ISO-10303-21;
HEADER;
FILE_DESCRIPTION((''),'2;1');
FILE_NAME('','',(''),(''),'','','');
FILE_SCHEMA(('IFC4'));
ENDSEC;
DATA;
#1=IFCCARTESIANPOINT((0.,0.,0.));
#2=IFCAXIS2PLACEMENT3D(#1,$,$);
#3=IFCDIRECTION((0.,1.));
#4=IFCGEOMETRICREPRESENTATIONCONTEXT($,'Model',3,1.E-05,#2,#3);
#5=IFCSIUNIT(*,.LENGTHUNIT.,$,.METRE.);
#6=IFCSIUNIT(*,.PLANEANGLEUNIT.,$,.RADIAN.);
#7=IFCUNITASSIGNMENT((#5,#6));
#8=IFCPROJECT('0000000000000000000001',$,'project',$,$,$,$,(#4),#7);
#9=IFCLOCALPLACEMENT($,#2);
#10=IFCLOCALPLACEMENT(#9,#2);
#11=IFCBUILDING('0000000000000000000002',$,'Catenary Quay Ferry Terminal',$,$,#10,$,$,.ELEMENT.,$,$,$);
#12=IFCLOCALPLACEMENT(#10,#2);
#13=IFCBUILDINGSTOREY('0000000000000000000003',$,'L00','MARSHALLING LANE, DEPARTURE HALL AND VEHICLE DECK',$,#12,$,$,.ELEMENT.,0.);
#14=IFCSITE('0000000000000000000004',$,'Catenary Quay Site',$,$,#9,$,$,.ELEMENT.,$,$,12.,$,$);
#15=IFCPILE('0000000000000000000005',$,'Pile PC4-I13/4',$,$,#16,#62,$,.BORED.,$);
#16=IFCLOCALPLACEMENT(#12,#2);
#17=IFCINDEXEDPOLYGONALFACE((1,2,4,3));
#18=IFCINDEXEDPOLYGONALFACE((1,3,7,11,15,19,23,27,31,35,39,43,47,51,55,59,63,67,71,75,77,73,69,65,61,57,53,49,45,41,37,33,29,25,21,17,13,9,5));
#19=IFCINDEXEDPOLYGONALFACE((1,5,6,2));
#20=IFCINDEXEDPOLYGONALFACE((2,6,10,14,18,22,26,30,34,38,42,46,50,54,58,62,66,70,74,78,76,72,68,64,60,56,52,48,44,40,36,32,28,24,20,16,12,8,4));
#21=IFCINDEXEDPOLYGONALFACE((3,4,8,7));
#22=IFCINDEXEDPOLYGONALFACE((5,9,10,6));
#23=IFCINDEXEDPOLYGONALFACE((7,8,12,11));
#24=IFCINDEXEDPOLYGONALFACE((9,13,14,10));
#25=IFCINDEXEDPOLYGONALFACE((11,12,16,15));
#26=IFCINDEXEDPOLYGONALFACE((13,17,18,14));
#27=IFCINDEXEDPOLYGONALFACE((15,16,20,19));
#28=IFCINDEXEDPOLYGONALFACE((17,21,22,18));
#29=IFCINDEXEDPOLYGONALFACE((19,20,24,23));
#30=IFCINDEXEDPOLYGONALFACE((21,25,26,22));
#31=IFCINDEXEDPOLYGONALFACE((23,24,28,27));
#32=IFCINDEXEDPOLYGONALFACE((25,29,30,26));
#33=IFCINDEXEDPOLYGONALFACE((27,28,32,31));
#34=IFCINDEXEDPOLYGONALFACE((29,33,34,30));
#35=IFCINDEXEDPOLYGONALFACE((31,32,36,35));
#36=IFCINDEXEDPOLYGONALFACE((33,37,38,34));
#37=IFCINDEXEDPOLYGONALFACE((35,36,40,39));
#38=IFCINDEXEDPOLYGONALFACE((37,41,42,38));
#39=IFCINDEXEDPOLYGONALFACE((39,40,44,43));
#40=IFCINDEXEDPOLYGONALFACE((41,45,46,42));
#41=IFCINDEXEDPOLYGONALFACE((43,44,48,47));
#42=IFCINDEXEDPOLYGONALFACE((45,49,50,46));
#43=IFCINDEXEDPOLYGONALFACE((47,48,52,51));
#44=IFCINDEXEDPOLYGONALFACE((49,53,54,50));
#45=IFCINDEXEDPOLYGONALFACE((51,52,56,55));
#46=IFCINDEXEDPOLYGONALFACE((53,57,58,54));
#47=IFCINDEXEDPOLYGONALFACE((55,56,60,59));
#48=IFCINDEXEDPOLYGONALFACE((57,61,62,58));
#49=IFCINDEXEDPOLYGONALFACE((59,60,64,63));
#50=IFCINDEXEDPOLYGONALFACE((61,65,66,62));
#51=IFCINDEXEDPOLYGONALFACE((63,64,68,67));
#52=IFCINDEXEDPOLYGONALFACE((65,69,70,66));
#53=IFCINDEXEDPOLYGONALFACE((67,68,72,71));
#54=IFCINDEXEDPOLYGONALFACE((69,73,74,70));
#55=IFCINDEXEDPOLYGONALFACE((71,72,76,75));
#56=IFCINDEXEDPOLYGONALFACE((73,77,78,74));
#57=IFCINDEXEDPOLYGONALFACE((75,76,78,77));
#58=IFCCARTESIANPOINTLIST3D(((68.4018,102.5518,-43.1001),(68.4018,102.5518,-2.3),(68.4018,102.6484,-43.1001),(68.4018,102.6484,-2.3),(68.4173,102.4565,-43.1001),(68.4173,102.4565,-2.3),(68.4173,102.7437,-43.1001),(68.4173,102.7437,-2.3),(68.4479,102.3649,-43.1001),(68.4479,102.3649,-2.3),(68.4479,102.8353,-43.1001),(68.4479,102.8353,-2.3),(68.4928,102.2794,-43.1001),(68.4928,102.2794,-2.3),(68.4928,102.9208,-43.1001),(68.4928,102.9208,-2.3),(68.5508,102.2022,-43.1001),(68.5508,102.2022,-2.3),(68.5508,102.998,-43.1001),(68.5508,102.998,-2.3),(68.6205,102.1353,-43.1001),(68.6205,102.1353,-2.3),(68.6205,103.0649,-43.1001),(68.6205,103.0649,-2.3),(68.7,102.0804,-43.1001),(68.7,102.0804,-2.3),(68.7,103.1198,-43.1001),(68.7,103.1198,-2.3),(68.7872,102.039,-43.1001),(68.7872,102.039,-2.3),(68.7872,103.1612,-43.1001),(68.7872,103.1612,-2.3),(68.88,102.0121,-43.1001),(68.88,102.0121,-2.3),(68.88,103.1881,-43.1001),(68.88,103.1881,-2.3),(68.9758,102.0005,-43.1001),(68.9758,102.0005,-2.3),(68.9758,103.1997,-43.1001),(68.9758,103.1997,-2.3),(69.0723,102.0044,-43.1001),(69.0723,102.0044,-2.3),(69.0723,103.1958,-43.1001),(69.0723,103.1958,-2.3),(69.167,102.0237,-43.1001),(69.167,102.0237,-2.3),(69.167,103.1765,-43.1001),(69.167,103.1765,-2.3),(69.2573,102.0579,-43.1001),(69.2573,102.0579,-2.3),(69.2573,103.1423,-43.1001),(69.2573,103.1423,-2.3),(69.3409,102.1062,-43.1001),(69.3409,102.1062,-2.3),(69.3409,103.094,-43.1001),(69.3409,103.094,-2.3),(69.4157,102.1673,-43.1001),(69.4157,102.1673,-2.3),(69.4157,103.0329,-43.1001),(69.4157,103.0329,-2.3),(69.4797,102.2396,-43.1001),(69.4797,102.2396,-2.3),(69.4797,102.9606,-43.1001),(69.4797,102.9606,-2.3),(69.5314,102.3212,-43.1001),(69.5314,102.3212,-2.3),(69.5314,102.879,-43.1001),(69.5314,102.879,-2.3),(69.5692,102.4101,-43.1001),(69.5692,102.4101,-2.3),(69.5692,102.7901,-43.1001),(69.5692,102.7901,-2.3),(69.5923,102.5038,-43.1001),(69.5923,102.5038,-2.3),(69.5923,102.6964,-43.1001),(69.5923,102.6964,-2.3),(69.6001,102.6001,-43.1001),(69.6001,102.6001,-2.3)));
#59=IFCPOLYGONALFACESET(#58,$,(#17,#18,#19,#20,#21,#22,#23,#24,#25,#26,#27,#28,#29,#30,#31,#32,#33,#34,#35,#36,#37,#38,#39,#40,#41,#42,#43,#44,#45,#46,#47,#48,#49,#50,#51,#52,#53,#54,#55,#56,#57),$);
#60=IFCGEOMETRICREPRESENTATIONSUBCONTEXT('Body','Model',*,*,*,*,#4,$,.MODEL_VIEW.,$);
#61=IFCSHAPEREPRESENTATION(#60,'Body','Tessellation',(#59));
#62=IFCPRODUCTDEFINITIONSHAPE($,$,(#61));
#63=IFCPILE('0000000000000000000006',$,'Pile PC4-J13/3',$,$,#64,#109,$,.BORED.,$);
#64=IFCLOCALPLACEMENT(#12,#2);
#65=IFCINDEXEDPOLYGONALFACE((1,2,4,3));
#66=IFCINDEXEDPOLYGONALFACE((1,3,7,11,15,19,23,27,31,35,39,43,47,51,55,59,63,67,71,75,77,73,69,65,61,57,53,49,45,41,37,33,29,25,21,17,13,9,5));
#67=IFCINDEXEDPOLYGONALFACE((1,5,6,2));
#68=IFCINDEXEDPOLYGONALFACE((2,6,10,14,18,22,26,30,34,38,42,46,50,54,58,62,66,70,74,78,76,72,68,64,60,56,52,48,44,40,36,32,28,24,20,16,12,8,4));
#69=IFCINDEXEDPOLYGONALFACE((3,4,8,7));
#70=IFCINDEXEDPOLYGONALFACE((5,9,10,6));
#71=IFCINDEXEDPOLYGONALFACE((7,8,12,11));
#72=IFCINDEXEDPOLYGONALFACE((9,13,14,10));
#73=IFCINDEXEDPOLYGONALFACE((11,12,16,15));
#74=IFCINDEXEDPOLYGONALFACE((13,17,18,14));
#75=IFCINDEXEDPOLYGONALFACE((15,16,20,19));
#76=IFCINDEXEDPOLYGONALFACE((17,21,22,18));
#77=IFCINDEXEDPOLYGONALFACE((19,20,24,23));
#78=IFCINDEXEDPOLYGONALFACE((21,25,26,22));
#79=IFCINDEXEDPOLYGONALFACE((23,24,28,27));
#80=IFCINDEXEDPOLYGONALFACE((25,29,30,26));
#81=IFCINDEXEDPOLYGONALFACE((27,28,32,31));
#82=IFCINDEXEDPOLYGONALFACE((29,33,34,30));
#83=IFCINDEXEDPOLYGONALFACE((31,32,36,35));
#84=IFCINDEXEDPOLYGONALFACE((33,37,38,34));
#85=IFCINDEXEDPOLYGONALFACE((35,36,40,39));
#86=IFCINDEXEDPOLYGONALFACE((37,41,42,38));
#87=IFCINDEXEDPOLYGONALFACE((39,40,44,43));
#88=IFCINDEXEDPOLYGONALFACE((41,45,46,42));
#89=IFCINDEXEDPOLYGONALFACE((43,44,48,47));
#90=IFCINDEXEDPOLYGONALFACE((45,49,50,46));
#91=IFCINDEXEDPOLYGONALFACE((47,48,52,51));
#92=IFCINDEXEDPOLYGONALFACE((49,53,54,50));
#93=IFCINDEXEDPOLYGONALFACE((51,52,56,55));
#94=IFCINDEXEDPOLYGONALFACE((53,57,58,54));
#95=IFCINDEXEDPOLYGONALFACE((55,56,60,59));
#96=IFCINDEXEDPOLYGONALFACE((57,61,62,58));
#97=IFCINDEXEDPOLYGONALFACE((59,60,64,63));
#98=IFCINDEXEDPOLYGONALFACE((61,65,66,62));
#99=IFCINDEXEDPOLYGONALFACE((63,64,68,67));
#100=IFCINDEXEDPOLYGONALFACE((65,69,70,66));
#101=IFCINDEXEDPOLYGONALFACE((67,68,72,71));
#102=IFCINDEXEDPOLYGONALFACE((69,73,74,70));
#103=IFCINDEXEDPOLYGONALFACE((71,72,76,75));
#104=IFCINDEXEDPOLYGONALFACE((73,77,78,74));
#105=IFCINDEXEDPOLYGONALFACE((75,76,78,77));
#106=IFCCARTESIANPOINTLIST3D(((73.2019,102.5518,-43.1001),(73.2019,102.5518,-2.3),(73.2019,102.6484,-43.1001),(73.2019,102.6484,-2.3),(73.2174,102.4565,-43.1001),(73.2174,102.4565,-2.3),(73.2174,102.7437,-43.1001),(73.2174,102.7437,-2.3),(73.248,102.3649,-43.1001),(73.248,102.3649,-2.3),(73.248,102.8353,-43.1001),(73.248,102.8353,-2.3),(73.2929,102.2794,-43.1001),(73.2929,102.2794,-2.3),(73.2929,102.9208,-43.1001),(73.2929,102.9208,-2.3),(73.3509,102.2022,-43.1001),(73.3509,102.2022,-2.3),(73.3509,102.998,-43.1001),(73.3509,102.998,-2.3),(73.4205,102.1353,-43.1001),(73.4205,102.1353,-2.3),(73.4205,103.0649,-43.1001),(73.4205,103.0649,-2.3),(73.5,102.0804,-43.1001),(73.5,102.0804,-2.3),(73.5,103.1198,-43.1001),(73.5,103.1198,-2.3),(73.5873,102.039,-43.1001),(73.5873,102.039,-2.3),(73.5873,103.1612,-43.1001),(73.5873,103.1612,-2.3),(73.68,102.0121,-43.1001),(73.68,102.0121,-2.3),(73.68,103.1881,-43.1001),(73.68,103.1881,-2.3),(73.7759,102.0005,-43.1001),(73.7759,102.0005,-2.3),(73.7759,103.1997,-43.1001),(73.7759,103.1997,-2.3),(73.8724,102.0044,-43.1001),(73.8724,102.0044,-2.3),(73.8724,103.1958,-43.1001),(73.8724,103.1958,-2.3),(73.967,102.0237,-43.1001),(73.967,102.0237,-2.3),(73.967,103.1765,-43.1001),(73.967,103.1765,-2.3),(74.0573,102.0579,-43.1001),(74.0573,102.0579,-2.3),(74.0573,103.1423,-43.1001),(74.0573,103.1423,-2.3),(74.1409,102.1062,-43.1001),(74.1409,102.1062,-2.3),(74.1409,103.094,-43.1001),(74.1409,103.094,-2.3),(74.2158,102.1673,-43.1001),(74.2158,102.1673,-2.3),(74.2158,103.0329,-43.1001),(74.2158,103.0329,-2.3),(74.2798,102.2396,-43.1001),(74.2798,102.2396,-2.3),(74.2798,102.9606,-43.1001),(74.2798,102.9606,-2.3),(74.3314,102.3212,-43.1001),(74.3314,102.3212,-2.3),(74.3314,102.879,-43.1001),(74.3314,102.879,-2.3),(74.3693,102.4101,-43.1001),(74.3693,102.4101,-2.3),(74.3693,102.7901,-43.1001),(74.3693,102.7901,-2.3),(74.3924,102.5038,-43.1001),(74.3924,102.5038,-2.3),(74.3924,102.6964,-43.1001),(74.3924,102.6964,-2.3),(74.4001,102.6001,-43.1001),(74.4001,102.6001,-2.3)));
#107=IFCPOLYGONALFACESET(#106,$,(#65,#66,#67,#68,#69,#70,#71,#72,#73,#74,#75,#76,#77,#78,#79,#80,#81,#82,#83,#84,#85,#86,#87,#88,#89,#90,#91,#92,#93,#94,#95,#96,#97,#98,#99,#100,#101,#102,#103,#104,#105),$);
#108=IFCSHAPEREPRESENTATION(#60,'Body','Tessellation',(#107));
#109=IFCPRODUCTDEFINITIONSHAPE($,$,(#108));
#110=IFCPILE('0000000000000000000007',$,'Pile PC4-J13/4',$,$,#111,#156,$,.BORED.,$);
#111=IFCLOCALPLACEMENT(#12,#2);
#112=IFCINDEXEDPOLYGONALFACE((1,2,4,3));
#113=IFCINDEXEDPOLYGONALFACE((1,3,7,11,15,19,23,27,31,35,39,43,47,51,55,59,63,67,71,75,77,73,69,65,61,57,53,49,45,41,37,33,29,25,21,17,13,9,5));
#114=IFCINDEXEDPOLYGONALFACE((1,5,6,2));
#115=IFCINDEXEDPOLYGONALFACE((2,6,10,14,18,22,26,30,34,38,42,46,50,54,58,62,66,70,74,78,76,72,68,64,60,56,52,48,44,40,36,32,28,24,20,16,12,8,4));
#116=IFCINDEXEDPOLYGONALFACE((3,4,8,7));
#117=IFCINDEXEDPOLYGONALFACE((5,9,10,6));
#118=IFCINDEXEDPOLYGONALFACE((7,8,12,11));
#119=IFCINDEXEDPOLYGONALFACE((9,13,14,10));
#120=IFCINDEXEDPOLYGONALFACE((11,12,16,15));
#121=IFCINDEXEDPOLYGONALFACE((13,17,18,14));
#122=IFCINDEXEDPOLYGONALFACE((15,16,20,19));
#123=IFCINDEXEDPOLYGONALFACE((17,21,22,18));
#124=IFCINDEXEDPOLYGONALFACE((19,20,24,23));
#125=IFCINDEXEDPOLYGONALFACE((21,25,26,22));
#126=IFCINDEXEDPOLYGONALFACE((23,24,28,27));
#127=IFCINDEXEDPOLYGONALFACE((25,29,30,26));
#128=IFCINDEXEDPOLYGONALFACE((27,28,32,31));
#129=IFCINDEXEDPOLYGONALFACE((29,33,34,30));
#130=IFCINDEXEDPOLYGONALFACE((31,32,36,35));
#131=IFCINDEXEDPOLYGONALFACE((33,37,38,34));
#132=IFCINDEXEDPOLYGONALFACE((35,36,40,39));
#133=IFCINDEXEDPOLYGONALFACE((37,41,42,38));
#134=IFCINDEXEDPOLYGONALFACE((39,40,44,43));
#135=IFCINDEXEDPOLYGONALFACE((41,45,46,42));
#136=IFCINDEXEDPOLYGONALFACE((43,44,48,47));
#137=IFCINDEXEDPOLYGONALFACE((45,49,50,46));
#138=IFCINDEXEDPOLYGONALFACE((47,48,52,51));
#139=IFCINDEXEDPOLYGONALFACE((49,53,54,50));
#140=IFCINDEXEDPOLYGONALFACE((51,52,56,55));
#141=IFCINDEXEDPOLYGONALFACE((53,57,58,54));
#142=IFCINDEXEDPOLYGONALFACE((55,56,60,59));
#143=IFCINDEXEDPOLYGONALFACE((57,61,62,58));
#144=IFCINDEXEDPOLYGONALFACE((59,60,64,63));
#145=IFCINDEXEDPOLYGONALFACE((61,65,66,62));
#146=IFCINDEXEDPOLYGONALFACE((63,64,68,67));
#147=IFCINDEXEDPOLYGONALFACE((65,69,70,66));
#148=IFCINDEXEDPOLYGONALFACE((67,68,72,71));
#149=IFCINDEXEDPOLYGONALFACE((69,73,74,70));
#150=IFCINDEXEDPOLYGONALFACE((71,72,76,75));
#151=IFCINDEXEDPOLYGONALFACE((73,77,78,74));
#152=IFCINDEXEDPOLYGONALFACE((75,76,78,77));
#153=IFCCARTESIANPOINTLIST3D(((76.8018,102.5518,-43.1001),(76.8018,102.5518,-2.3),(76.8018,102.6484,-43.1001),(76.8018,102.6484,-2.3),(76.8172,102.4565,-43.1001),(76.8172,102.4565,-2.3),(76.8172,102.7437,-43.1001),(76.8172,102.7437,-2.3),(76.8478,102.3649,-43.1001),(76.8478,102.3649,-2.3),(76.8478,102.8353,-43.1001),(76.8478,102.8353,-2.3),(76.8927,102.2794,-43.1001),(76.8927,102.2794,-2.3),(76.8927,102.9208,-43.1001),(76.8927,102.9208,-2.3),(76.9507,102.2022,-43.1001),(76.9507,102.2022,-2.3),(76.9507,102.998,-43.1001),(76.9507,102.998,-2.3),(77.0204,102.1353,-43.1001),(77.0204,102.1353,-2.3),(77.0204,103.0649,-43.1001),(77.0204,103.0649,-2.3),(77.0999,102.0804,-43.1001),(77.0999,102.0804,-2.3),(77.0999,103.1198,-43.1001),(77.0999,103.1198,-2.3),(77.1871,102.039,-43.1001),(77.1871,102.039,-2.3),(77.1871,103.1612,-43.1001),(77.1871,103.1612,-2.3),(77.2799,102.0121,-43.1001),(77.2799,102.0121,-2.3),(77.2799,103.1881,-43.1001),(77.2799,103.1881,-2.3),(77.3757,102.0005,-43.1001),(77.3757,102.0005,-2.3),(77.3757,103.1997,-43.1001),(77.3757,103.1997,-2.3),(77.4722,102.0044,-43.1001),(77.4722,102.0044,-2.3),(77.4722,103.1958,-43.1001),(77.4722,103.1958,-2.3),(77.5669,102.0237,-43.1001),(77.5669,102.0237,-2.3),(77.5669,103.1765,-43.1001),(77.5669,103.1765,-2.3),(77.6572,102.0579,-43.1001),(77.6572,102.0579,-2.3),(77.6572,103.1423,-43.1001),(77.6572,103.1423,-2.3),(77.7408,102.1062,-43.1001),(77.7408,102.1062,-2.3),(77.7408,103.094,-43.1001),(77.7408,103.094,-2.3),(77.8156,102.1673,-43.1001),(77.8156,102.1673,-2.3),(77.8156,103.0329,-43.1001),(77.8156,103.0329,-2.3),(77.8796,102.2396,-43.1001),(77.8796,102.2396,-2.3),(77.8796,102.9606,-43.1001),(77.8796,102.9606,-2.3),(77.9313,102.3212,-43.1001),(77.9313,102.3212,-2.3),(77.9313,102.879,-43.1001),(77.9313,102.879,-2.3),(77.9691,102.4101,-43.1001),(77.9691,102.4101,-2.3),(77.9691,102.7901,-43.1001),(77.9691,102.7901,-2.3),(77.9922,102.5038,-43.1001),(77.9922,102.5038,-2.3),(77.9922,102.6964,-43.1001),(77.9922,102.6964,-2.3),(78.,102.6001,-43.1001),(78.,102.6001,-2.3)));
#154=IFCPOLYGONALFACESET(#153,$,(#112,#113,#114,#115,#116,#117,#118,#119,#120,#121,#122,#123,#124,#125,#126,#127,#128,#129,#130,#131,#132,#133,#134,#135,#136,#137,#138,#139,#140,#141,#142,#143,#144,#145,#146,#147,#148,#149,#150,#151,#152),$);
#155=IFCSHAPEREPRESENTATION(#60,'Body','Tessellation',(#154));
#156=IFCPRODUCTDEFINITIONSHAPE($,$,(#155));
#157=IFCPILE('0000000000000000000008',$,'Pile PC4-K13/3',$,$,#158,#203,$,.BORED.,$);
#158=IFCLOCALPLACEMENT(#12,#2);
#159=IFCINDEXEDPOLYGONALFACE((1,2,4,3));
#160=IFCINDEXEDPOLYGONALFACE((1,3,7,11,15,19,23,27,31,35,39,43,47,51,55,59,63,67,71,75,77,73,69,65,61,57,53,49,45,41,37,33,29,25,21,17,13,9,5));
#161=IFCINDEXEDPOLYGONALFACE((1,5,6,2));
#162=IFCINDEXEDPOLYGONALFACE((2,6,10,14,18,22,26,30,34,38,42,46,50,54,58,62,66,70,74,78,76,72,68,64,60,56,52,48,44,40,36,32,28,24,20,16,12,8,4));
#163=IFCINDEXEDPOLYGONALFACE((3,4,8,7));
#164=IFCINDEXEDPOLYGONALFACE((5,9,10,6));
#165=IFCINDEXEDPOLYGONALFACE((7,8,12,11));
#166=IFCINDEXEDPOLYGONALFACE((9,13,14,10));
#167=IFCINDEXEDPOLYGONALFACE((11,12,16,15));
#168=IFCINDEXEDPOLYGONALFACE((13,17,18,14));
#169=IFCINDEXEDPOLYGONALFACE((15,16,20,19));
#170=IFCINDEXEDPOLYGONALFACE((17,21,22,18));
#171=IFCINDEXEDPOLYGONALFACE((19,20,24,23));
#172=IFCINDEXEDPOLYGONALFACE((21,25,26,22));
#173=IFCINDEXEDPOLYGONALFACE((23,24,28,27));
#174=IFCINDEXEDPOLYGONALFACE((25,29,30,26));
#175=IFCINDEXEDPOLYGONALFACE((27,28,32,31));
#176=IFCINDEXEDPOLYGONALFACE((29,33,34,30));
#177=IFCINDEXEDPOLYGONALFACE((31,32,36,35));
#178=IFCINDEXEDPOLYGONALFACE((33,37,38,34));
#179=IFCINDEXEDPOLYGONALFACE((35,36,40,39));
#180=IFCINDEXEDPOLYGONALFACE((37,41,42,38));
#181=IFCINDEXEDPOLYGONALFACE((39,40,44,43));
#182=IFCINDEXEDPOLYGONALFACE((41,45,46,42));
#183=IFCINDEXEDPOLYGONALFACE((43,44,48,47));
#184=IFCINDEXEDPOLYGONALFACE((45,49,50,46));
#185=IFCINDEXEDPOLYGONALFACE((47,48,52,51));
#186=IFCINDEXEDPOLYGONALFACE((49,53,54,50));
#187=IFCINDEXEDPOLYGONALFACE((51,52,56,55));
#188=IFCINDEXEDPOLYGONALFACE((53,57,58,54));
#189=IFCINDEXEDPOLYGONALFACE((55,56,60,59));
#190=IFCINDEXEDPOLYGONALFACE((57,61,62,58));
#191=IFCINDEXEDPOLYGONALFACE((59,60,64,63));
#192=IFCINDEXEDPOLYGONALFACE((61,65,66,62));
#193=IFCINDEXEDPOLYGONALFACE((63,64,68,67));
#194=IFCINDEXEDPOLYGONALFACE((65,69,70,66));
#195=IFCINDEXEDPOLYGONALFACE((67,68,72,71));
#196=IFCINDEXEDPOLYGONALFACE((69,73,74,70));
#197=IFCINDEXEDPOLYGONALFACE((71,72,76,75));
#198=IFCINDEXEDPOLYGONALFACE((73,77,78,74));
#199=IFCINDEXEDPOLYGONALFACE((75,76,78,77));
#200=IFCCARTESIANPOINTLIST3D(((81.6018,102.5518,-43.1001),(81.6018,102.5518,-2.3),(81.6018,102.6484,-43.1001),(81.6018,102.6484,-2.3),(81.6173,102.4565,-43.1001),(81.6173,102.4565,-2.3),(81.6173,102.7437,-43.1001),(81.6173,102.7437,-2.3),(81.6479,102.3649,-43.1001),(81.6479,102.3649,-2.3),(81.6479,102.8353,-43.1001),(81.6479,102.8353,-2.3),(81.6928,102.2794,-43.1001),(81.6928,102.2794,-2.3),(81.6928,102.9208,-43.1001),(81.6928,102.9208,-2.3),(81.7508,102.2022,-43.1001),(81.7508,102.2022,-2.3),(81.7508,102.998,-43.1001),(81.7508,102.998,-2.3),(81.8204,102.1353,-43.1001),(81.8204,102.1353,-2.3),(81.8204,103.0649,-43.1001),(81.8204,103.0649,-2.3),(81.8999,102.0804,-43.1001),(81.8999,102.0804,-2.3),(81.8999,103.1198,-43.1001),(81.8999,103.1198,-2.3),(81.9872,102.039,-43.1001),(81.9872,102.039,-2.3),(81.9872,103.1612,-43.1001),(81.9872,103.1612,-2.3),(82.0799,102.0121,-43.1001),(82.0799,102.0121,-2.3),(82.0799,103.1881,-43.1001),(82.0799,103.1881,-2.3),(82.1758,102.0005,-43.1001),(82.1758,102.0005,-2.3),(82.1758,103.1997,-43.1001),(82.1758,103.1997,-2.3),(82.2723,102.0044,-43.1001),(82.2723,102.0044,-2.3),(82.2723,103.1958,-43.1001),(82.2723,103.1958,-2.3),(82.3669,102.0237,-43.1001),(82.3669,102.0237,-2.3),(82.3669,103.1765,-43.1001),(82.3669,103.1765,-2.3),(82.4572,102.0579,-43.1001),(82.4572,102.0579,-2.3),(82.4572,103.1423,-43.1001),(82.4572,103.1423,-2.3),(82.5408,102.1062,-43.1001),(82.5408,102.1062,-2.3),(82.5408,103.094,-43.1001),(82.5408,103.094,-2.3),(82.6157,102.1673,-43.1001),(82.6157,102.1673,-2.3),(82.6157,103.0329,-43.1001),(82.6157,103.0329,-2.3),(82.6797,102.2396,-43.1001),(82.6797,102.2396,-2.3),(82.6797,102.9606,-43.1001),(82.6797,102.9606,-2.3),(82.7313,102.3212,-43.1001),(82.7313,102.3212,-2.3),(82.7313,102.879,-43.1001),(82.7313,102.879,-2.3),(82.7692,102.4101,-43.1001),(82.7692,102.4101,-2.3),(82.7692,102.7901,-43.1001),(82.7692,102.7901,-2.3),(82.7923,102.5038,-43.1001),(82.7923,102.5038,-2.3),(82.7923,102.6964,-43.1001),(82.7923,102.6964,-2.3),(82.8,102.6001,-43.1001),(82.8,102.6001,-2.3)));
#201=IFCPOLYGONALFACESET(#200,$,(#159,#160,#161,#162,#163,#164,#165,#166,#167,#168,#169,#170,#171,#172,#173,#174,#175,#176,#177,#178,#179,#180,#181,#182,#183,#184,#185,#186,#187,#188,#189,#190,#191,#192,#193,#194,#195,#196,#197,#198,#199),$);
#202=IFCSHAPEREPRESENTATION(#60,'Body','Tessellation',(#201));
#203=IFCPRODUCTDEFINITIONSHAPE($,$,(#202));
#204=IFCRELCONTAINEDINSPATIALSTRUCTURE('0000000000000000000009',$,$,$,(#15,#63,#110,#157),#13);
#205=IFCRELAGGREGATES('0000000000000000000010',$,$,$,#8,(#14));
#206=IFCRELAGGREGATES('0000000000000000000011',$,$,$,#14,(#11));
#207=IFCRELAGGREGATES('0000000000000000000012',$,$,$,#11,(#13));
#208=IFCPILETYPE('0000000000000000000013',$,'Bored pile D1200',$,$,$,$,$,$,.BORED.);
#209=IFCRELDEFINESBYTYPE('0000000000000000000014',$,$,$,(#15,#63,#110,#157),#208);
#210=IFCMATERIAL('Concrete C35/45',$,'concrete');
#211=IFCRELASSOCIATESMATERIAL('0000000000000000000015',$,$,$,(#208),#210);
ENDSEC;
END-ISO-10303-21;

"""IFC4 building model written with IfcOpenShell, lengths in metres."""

from ifc_helpers import new_model, si_unit, direction, frame, origin, origin_2d, place, context, subcontext, project, spatial, circle, extrude, material, material_profile, profile_set, type_object, element, save


model = new_model("IFC4")

# Units and contexts
model_context = context("Model", 3, precision=1e-05, world=origin(), true_north=direction((0.0, 1.0)))
body_context = subcontext(model_context, "Body", "Model", "MODEL_VIEW")
ifc_project = project(units=[si_unit("LENGTHUNIT", "METRE"), si_unit("PLANEANGLEUNIT", "RADIAN")], contexts=[model_context])

# Site, building, storey
site_placement = place(None, origin())
site = spatial("IfcSite", under=ifc_project, at=site_placement, Name="Catenary Quay Site", CompositionType="ELEMENT", RefElevation=12.0)
building_placement = place(site_placement, origin())
building = spatial("IfcBuilding", under=site, at=building_placement, Name="Catenary Quay Ferry Terminal", CompositionType="ELEMENT")
storey_placement = place(building_placement, origin())
storey = spatial("IfcBuildingStorey", under=building, at=storey_placement, Name="L00", Description="MARSHALLING LANE, DEPARTURE HALL AND VEHICLE DECK", CompositionType="ELEMENT", Elevation=0.0)

# Piles
ifc_material_1 = material(Name="Concrete C35/45", Category="concrete")
ifc_material_profile_1 = material_profile(ifc_material_1, circle(Radius=0.6001, at=origin_2d()), Name="D1200")
ifc_profile_set_1 = profile_set([ifc_material_profile_1], Name="Concrete C35/45")
pile_type = type_object("IfcPileType", Name="Bored pile D1200", PredefinedType="BORED", material=ifc_profile_set_1)
for number, where, z_axis, x_axis, name in (
    (1, (69.0, 102.6001, -2.3), (0.0, 0.0, -1.0), (1.0, 0.0, 0.0), "Pile PC4-I13/4"),
    (2, (73.8, 102.6001, -2.3), (0.0, 0.0, -1.0), (1.0, 0.0, 0.0), "Pile PC4-J13/3"),
    (3, (77.3999, 102.6001, -2.3), (0.0, 0.0, -1.0), (1.0, 0.0, 0.0), "Pile PC4-J13/4"),
    (4, (82.2, 102.6001, -2.3), (0.0, 0.0, -1.0), (1.0, 0.0, 0.0), "Pile PC4-K13/3"),
):
    element("IfcPile", number, at=place(storey_placement, frame(where, z_axis=z_axis, x_axis=x_axis)), inside=storey, type_object=pile_type, Name=name, PredefinedType="BORED", context=body_context, shape_type="SweptSolid", body=[
        extrude(circle(Radius=0.6001, at=origin_2d()), origin(), (0.0, 0.0, 1.0), 40.8),
    ])

save(model, "model.ifc")
